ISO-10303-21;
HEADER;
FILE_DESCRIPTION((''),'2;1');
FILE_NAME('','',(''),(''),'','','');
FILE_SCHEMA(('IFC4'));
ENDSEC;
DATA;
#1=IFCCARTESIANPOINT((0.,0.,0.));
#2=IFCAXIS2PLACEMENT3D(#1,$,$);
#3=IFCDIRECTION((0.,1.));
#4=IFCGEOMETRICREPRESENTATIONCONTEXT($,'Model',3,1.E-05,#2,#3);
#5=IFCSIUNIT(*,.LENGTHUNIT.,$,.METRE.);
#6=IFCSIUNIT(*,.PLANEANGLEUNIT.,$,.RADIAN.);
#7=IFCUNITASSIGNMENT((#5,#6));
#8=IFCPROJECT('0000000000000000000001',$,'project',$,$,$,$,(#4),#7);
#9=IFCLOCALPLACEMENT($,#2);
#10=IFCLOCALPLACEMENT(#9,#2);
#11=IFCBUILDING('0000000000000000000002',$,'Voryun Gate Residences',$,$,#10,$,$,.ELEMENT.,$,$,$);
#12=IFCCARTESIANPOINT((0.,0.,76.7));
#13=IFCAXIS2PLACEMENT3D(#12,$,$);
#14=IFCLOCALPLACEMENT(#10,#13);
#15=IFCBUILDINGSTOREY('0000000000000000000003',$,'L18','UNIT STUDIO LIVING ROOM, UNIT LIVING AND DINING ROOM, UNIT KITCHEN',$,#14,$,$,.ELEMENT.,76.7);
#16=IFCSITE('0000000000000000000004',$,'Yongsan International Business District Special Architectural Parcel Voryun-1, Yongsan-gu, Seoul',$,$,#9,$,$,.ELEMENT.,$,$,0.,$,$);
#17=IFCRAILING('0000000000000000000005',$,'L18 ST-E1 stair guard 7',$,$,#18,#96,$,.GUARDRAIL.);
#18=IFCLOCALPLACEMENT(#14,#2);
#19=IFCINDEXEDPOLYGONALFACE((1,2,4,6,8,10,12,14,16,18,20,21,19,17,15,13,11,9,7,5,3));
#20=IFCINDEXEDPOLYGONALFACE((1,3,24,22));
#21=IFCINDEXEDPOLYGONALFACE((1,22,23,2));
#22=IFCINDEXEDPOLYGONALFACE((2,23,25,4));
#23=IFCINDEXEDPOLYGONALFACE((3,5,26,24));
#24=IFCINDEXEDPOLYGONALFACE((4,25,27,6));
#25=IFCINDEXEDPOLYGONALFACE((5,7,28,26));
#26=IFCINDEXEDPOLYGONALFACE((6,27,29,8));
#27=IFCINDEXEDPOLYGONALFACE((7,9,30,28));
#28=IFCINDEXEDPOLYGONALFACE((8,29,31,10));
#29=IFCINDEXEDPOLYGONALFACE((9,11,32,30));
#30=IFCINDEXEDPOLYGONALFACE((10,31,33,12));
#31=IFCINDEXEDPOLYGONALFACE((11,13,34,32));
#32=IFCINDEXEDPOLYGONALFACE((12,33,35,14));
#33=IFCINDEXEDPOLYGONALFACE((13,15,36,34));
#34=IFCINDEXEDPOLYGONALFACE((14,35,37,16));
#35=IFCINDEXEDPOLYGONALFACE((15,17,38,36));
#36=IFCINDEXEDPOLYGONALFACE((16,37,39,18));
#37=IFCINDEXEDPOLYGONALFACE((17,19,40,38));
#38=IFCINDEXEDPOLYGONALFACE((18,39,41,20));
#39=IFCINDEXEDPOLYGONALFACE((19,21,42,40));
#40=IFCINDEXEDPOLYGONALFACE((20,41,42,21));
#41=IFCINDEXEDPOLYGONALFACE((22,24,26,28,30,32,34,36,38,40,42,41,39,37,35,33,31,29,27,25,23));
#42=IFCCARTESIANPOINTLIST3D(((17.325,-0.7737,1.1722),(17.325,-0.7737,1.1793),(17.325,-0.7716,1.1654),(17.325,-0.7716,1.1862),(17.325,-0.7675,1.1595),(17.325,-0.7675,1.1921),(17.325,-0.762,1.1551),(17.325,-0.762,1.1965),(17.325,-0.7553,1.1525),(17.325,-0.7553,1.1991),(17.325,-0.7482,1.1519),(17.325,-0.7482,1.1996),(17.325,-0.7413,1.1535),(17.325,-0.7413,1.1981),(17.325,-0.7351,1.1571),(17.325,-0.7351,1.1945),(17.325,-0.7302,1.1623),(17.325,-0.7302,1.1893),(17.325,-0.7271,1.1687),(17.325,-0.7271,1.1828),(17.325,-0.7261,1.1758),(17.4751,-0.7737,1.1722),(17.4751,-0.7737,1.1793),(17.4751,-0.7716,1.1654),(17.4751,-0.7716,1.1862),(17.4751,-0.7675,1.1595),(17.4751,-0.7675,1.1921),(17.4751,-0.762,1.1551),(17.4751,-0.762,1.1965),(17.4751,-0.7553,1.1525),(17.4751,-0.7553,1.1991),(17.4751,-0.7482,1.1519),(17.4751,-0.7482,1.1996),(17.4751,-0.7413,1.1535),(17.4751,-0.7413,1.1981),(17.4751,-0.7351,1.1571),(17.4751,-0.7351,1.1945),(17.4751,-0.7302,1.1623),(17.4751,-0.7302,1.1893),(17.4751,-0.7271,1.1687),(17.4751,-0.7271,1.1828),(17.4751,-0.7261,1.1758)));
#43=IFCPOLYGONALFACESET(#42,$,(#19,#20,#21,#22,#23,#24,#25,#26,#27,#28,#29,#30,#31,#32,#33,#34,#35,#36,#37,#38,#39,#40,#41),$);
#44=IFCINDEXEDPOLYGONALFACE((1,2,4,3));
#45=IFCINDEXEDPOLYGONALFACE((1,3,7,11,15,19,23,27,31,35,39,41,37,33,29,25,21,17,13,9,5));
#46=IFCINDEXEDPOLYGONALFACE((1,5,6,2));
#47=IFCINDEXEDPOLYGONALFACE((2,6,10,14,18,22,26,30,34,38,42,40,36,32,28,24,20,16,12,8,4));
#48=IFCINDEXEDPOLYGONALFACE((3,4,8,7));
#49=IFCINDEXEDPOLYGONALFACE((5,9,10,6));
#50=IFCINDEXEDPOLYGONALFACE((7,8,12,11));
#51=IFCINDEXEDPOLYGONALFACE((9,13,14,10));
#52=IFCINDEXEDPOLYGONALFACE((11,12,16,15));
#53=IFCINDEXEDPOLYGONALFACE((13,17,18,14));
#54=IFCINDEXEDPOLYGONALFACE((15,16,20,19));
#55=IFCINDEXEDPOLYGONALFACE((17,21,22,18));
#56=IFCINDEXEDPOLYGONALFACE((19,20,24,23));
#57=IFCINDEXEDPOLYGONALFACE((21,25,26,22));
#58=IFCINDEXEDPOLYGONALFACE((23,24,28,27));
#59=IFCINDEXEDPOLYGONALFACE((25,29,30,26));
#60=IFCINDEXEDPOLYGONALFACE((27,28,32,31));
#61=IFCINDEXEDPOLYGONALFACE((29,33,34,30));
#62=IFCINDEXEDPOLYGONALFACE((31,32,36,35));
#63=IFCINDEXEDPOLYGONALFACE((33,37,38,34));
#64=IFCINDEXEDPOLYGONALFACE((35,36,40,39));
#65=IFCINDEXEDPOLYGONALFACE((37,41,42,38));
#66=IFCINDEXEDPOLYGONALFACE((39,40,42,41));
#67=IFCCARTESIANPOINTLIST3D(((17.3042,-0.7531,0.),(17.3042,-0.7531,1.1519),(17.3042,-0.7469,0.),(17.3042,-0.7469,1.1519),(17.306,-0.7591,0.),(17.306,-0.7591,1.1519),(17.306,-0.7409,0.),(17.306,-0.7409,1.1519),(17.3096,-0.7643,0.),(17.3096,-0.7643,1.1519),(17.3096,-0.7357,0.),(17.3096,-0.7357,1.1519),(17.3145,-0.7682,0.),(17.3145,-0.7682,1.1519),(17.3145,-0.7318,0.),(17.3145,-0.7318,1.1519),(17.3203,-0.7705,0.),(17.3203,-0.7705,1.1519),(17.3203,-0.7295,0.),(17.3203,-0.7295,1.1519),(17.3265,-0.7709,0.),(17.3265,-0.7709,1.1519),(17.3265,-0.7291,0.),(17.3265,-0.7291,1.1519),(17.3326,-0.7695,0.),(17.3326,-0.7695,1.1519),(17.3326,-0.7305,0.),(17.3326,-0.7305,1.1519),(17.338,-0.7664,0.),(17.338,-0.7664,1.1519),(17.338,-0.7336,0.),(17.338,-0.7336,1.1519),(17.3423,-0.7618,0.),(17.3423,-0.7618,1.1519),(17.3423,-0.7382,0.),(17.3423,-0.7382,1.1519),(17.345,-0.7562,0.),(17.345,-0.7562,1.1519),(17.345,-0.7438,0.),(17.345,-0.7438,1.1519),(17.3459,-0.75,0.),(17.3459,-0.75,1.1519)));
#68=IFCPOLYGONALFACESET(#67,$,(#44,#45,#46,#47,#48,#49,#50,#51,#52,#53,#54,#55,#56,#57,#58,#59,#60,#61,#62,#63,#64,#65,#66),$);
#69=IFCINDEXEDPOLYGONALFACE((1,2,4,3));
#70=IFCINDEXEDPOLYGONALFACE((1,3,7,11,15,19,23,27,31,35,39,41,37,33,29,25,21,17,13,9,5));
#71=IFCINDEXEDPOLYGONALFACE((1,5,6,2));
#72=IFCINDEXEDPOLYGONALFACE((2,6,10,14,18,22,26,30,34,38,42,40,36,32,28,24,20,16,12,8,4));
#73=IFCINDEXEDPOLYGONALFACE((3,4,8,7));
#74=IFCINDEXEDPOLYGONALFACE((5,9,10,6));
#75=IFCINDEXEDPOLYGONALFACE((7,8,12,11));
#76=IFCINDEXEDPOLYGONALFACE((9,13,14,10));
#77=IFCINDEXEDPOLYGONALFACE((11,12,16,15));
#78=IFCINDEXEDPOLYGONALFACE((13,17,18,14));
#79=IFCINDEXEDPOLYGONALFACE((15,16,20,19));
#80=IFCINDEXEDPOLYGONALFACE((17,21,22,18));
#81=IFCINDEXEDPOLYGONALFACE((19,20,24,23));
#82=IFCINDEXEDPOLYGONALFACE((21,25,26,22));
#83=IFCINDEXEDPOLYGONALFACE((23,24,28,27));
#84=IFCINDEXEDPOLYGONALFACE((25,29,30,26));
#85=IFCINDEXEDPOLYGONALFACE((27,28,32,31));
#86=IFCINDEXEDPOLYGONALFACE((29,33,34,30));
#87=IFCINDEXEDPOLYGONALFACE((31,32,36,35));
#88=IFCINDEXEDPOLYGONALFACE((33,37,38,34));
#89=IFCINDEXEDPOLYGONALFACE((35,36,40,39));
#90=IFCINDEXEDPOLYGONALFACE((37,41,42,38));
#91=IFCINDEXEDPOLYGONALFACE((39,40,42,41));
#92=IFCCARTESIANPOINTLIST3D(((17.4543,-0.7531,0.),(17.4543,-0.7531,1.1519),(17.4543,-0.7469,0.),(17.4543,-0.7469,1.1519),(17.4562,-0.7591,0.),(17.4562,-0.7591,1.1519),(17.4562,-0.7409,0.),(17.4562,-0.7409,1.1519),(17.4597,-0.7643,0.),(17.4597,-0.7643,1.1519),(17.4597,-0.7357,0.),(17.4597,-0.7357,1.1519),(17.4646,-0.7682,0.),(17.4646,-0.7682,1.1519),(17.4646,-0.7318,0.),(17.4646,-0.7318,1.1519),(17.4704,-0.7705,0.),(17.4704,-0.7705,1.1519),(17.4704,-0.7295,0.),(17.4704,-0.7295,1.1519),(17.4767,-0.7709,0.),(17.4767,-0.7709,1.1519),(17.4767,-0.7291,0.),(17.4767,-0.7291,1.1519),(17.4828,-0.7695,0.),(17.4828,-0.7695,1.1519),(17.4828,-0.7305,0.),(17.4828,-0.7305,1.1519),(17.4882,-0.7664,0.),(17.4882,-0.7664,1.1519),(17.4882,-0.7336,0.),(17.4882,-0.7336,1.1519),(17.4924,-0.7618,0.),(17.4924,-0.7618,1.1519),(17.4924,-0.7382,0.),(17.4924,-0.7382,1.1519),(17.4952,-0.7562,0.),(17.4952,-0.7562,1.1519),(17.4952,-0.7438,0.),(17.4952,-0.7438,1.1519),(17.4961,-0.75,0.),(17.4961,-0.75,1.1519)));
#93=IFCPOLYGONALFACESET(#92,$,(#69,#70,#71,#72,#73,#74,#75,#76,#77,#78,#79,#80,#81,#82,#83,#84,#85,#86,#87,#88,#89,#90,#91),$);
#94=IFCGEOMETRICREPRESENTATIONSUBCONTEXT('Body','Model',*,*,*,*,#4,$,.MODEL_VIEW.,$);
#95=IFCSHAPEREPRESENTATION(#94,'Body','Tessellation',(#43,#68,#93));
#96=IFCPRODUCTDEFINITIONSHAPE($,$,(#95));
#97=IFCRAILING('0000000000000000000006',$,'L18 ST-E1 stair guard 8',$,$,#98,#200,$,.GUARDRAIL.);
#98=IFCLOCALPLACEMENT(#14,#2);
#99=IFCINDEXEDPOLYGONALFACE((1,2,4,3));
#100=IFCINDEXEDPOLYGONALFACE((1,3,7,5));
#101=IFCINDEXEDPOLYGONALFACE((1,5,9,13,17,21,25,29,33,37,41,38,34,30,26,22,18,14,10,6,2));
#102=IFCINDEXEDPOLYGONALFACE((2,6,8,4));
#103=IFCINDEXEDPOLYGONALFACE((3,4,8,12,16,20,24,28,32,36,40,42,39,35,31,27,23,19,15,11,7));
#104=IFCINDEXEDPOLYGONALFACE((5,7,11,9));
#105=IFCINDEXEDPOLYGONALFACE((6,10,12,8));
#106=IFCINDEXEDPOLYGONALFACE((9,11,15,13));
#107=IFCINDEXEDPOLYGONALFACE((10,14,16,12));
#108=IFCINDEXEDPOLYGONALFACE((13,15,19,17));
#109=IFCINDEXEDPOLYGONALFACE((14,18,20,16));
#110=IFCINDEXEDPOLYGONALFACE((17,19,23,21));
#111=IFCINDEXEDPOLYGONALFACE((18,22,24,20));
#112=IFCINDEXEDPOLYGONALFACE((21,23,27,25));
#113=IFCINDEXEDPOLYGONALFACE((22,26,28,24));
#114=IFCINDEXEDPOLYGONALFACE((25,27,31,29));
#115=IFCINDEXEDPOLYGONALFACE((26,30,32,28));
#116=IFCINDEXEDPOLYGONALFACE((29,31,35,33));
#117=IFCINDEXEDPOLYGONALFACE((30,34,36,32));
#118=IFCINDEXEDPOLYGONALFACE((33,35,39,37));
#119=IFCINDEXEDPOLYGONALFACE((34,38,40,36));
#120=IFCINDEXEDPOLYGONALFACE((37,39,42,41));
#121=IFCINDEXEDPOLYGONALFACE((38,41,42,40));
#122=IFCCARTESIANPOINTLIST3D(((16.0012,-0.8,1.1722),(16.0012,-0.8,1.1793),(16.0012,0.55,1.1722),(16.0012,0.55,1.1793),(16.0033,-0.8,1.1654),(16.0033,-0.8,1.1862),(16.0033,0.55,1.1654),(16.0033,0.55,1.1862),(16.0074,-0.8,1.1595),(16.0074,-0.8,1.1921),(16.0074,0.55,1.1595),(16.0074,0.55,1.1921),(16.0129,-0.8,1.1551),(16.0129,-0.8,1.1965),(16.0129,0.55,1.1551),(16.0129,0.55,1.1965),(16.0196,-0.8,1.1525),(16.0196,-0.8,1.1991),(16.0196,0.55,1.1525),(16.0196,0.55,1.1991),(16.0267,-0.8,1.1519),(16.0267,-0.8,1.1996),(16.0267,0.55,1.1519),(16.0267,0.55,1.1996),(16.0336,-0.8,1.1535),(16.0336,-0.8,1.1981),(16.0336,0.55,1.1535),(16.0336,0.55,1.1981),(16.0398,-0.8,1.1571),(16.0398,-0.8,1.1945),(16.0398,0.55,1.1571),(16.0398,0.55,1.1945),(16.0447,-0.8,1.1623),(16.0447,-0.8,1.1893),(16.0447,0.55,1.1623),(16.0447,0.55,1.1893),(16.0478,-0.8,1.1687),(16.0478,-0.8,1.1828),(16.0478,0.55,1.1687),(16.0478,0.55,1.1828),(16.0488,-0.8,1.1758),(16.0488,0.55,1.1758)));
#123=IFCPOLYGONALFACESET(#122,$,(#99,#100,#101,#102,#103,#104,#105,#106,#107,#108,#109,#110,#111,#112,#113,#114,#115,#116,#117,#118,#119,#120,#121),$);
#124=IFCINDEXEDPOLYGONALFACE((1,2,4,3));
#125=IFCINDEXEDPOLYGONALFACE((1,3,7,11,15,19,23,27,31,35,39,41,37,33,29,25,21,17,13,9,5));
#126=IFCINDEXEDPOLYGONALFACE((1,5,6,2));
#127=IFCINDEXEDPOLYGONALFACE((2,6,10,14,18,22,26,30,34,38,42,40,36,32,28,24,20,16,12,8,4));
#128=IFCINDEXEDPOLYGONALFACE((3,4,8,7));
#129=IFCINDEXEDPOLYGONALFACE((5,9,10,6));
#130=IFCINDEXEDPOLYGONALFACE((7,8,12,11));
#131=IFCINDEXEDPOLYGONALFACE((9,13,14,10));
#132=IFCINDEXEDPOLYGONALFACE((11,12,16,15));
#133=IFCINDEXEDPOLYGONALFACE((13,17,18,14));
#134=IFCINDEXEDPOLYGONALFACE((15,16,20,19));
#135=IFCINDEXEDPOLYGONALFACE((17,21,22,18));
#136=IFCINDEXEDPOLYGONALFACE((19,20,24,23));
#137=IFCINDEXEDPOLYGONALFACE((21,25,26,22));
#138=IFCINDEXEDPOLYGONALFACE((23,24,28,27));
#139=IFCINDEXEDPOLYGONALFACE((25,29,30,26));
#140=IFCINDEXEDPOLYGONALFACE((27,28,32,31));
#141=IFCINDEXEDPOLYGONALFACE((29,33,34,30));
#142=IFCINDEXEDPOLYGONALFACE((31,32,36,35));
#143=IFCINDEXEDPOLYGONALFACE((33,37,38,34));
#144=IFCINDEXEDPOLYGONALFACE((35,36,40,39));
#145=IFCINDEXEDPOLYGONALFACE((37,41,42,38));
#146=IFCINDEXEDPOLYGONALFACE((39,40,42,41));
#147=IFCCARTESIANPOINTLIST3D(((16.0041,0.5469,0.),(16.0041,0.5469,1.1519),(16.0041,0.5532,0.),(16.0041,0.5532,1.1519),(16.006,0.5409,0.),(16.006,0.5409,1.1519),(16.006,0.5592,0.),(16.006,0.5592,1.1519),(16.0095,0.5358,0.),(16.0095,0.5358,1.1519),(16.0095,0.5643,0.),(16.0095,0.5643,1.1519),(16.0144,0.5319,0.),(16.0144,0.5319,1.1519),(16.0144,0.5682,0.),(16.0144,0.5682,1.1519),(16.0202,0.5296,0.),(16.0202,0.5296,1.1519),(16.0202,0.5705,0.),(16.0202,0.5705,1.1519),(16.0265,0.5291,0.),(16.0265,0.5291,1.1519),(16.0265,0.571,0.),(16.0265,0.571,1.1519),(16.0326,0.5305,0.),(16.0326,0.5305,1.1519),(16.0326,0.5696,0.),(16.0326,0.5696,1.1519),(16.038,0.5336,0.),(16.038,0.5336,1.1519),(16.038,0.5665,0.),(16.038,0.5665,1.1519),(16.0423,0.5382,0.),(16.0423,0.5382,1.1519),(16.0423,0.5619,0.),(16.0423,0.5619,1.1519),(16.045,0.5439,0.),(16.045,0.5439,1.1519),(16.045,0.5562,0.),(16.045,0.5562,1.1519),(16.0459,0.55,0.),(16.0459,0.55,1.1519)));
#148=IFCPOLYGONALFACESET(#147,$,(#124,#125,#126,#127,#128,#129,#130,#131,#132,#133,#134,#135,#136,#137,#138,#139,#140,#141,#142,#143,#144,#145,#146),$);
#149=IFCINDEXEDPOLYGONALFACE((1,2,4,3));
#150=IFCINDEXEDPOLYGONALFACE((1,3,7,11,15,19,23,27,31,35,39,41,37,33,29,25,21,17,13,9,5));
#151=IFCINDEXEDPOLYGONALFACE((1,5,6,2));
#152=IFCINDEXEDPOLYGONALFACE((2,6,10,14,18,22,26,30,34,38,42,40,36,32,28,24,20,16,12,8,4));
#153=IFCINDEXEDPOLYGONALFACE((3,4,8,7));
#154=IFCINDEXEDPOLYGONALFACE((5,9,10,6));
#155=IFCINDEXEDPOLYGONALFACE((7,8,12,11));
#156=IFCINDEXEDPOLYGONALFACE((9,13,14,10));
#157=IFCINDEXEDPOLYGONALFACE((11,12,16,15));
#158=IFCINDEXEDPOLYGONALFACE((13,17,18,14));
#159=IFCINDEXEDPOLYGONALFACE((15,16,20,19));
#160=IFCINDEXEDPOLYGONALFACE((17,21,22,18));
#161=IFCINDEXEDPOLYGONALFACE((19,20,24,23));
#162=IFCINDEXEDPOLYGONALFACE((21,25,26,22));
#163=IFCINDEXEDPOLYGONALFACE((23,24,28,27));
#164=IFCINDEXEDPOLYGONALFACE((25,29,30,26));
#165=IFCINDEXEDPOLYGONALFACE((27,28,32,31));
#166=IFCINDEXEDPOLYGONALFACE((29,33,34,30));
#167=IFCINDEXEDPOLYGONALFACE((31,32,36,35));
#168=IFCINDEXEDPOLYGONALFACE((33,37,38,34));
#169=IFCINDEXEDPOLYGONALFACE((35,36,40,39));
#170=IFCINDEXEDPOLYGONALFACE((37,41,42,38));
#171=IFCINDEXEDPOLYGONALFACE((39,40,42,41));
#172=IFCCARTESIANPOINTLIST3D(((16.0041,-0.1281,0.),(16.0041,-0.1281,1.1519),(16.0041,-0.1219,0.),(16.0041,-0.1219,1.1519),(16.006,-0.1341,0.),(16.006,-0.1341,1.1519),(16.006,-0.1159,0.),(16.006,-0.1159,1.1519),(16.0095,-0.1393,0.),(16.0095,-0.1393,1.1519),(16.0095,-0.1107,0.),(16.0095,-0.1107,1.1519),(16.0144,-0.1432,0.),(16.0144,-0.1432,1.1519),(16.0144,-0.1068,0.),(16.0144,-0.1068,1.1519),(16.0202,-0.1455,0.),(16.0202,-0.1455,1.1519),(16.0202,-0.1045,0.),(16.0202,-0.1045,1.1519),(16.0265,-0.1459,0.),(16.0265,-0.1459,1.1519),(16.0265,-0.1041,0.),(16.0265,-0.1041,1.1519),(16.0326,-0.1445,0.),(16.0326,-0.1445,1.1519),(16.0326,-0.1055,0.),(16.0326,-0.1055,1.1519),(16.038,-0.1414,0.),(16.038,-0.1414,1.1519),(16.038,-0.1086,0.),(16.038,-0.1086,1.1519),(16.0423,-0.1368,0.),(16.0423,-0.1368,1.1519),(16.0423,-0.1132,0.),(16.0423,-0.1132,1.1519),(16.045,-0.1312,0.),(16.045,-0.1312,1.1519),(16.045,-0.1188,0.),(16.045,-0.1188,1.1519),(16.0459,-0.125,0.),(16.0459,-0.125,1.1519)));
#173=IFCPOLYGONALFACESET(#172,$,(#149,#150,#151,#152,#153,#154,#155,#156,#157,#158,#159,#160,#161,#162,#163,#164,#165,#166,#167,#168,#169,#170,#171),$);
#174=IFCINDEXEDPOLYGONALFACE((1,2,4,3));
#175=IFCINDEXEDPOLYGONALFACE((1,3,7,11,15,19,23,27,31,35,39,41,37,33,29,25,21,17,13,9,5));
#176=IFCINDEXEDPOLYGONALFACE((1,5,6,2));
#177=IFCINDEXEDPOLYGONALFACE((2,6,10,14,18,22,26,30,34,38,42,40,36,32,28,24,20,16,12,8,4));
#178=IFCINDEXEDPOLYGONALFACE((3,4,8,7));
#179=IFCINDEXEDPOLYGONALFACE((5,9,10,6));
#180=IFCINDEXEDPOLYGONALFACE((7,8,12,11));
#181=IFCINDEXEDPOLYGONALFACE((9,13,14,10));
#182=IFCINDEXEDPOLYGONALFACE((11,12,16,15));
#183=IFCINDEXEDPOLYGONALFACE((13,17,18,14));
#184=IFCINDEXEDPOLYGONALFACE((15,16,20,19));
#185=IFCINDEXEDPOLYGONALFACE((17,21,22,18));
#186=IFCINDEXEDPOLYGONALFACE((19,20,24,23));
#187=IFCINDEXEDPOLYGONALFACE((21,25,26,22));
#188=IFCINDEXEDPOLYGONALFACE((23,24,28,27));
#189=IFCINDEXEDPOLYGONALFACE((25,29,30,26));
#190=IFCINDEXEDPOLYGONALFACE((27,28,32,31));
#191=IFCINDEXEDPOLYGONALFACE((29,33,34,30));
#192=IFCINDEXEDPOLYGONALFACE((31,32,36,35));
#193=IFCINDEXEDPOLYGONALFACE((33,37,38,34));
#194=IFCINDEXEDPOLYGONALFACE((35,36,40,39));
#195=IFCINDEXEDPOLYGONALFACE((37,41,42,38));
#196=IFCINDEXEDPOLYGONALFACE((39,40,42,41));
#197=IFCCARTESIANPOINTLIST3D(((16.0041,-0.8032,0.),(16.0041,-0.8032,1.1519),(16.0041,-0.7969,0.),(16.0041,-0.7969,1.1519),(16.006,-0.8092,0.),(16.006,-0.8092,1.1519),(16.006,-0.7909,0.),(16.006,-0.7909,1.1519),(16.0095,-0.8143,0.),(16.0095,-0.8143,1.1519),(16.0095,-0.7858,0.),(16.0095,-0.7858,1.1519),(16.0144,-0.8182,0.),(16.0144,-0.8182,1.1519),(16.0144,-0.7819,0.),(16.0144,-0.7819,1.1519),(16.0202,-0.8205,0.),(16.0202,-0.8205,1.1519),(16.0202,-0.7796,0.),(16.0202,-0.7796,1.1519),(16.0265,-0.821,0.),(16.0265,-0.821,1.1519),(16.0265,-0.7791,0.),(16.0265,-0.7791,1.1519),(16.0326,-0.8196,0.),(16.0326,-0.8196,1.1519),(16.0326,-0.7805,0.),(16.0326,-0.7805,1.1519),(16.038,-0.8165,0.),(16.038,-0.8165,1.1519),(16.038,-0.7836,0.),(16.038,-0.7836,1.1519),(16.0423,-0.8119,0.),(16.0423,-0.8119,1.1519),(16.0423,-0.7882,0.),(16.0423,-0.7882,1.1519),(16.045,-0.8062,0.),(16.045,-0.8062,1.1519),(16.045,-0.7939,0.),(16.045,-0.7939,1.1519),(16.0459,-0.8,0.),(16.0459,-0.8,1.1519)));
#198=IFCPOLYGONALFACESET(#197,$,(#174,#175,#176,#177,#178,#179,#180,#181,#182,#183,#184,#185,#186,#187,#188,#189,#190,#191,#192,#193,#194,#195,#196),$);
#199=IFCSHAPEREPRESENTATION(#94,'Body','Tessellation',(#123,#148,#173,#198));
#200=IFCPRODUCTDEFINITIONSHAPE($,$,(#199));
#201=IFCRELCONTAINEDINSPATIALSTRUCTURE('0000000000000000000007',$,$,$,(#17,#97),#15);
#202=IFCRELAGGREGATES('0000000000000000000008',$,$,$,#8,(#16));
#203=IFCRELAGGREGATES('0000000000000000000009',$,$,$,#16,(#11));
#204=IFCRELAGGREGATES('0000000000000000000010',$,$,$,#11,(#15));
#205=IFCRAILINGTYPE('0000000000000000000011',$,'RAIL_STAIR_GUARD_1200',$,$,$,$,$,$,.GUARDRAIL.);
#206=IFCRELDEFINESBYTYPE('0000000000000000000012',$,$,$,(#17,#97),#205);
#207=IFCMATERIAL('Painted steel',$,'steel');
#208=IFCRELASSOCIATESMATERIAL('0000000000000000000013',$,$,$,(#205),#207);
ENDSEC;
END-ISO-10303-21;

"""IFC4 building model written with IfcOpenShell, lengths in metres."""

from ifc_helpers import new_model, si_unit, direction, frame, origin, origin_2d, place, context, subcontext, project, spatial, circle, extrude, material, type_object, element, save


model = new_model("IFC4")

# Units and contexts
model_context = context("Model", 3, precision=1e-05, world=origin(), true_north=direction((0.0, 1.0)))
body_context = subcontext(model_context, "Body", "Model", "MODEL_VIEW")
ifc_project = project(units=[si_unit("LENGTHUNIT", "METRE"), si_unit("PLANEANGLEUNIT", "RADIAN")], contexts=[model_context])

# Site, building, storey
site_placement = place(None, origin())
site = spatial("IfcSite", under=ifc_project, at=site_placement, Name="Yongsan International Business District Special Architectural Parcel Voryun-1, Yongsan-gu, Seoul", CompositionType="ELEMENT", RefElevation=0.0)
building_placement = place(site_placement, origin())
building = spatial("IfcBuilding", under=site, at=building_placement, Name="Voryun Gate Residences", CompositionType="ELEMENT")
storey_placement = place(building_placement, frame((0.0, 0.0, 76.7)))
storey = spatial("IfcBuildingStorey", under=building, at=storey_placement, Name="L18", Description="UNIT STUDIO LIVING ROOM, UNIT LIVING AND DINING ROOM, UNIT KITCHEN", CompositionType="ELEMENT", Elevation=76.7)

# Railings
ifc_material_1 = material(Name="Painted steel", Category="steel")
railing_type = type_object("IfcRailingType", Name="RAIL_STAIR_GUARD_1200", PredefinedType="GUARDRAIL", material=ifc_material_1)
railing_placement = place(storey_placement, frame((17.325, -0.75, 0.0)))
element("IfcRailing", 1, at=railing_placement, inside=storey, type_object=railing_type, Name="L18 ST-E1 stair guard 7", PredefinedType="GUARDRAIL", context=body_context, shape_type="SweptSolid", body=[
    extrude(circle(Radius=0.0239, at=origin_2d()), frame((0.0, 0.0, 1.1758), z_axis=(1.0, 0.0, 0.0), x_axis=(0.0, 1.0, 0.0)), (0.0, 0.0, 1.0), 0.1501),
    extrude(circle(Radius=0.021, at=origin_2d()), origin(), (0.0, 0.0, 1.0), 1.1519),
    extrude(circle(Radius=0.021, at=origin_2d()), frame((0.1501, 0.0, 0.0)), (0.0, 0.0, 1.0), 1.1519),
])
for number, where, name in (
    (2, (16.0249, 0.55, 0.0), "L18 ST-E1 stair guard 8"),
):
    element("IfcRailing", number, at=place(storey_placement, frame(where)), inside=storey, type_object=railing_type, Name=name, PredefinedType="GUARDRAIL", context=body_context, shape_type="SweptSolid", body=[
        extrude(circle(Radius=0.0239, at=origin_2d()), frame((0.0, 0.0, 1.1758), z_axis=(0.0, -1.0, 0.0), x_axis=(1.0, 0.0, 0.0)), (0.0, 0.0, 1.0), 1.3501),
        extrude(circle(Radius=0.021, at=origin_2d()), origin(), (0.0, 0.0, 1.0), 1.1519),
        extrude(circle(Radius=0.021, at=origin_2d()), frame((0.0, -0.675, 0.0)), (0.0, 0.0, 1.0), 1.1519),
        extrude(circle(Radius=0.021, at=origin_2d()), frame((0.0, -1.3501, 0.0)), (0.0, 0.0, 1.0), 1.1519),
    ])

save(model, "model.ifc")
